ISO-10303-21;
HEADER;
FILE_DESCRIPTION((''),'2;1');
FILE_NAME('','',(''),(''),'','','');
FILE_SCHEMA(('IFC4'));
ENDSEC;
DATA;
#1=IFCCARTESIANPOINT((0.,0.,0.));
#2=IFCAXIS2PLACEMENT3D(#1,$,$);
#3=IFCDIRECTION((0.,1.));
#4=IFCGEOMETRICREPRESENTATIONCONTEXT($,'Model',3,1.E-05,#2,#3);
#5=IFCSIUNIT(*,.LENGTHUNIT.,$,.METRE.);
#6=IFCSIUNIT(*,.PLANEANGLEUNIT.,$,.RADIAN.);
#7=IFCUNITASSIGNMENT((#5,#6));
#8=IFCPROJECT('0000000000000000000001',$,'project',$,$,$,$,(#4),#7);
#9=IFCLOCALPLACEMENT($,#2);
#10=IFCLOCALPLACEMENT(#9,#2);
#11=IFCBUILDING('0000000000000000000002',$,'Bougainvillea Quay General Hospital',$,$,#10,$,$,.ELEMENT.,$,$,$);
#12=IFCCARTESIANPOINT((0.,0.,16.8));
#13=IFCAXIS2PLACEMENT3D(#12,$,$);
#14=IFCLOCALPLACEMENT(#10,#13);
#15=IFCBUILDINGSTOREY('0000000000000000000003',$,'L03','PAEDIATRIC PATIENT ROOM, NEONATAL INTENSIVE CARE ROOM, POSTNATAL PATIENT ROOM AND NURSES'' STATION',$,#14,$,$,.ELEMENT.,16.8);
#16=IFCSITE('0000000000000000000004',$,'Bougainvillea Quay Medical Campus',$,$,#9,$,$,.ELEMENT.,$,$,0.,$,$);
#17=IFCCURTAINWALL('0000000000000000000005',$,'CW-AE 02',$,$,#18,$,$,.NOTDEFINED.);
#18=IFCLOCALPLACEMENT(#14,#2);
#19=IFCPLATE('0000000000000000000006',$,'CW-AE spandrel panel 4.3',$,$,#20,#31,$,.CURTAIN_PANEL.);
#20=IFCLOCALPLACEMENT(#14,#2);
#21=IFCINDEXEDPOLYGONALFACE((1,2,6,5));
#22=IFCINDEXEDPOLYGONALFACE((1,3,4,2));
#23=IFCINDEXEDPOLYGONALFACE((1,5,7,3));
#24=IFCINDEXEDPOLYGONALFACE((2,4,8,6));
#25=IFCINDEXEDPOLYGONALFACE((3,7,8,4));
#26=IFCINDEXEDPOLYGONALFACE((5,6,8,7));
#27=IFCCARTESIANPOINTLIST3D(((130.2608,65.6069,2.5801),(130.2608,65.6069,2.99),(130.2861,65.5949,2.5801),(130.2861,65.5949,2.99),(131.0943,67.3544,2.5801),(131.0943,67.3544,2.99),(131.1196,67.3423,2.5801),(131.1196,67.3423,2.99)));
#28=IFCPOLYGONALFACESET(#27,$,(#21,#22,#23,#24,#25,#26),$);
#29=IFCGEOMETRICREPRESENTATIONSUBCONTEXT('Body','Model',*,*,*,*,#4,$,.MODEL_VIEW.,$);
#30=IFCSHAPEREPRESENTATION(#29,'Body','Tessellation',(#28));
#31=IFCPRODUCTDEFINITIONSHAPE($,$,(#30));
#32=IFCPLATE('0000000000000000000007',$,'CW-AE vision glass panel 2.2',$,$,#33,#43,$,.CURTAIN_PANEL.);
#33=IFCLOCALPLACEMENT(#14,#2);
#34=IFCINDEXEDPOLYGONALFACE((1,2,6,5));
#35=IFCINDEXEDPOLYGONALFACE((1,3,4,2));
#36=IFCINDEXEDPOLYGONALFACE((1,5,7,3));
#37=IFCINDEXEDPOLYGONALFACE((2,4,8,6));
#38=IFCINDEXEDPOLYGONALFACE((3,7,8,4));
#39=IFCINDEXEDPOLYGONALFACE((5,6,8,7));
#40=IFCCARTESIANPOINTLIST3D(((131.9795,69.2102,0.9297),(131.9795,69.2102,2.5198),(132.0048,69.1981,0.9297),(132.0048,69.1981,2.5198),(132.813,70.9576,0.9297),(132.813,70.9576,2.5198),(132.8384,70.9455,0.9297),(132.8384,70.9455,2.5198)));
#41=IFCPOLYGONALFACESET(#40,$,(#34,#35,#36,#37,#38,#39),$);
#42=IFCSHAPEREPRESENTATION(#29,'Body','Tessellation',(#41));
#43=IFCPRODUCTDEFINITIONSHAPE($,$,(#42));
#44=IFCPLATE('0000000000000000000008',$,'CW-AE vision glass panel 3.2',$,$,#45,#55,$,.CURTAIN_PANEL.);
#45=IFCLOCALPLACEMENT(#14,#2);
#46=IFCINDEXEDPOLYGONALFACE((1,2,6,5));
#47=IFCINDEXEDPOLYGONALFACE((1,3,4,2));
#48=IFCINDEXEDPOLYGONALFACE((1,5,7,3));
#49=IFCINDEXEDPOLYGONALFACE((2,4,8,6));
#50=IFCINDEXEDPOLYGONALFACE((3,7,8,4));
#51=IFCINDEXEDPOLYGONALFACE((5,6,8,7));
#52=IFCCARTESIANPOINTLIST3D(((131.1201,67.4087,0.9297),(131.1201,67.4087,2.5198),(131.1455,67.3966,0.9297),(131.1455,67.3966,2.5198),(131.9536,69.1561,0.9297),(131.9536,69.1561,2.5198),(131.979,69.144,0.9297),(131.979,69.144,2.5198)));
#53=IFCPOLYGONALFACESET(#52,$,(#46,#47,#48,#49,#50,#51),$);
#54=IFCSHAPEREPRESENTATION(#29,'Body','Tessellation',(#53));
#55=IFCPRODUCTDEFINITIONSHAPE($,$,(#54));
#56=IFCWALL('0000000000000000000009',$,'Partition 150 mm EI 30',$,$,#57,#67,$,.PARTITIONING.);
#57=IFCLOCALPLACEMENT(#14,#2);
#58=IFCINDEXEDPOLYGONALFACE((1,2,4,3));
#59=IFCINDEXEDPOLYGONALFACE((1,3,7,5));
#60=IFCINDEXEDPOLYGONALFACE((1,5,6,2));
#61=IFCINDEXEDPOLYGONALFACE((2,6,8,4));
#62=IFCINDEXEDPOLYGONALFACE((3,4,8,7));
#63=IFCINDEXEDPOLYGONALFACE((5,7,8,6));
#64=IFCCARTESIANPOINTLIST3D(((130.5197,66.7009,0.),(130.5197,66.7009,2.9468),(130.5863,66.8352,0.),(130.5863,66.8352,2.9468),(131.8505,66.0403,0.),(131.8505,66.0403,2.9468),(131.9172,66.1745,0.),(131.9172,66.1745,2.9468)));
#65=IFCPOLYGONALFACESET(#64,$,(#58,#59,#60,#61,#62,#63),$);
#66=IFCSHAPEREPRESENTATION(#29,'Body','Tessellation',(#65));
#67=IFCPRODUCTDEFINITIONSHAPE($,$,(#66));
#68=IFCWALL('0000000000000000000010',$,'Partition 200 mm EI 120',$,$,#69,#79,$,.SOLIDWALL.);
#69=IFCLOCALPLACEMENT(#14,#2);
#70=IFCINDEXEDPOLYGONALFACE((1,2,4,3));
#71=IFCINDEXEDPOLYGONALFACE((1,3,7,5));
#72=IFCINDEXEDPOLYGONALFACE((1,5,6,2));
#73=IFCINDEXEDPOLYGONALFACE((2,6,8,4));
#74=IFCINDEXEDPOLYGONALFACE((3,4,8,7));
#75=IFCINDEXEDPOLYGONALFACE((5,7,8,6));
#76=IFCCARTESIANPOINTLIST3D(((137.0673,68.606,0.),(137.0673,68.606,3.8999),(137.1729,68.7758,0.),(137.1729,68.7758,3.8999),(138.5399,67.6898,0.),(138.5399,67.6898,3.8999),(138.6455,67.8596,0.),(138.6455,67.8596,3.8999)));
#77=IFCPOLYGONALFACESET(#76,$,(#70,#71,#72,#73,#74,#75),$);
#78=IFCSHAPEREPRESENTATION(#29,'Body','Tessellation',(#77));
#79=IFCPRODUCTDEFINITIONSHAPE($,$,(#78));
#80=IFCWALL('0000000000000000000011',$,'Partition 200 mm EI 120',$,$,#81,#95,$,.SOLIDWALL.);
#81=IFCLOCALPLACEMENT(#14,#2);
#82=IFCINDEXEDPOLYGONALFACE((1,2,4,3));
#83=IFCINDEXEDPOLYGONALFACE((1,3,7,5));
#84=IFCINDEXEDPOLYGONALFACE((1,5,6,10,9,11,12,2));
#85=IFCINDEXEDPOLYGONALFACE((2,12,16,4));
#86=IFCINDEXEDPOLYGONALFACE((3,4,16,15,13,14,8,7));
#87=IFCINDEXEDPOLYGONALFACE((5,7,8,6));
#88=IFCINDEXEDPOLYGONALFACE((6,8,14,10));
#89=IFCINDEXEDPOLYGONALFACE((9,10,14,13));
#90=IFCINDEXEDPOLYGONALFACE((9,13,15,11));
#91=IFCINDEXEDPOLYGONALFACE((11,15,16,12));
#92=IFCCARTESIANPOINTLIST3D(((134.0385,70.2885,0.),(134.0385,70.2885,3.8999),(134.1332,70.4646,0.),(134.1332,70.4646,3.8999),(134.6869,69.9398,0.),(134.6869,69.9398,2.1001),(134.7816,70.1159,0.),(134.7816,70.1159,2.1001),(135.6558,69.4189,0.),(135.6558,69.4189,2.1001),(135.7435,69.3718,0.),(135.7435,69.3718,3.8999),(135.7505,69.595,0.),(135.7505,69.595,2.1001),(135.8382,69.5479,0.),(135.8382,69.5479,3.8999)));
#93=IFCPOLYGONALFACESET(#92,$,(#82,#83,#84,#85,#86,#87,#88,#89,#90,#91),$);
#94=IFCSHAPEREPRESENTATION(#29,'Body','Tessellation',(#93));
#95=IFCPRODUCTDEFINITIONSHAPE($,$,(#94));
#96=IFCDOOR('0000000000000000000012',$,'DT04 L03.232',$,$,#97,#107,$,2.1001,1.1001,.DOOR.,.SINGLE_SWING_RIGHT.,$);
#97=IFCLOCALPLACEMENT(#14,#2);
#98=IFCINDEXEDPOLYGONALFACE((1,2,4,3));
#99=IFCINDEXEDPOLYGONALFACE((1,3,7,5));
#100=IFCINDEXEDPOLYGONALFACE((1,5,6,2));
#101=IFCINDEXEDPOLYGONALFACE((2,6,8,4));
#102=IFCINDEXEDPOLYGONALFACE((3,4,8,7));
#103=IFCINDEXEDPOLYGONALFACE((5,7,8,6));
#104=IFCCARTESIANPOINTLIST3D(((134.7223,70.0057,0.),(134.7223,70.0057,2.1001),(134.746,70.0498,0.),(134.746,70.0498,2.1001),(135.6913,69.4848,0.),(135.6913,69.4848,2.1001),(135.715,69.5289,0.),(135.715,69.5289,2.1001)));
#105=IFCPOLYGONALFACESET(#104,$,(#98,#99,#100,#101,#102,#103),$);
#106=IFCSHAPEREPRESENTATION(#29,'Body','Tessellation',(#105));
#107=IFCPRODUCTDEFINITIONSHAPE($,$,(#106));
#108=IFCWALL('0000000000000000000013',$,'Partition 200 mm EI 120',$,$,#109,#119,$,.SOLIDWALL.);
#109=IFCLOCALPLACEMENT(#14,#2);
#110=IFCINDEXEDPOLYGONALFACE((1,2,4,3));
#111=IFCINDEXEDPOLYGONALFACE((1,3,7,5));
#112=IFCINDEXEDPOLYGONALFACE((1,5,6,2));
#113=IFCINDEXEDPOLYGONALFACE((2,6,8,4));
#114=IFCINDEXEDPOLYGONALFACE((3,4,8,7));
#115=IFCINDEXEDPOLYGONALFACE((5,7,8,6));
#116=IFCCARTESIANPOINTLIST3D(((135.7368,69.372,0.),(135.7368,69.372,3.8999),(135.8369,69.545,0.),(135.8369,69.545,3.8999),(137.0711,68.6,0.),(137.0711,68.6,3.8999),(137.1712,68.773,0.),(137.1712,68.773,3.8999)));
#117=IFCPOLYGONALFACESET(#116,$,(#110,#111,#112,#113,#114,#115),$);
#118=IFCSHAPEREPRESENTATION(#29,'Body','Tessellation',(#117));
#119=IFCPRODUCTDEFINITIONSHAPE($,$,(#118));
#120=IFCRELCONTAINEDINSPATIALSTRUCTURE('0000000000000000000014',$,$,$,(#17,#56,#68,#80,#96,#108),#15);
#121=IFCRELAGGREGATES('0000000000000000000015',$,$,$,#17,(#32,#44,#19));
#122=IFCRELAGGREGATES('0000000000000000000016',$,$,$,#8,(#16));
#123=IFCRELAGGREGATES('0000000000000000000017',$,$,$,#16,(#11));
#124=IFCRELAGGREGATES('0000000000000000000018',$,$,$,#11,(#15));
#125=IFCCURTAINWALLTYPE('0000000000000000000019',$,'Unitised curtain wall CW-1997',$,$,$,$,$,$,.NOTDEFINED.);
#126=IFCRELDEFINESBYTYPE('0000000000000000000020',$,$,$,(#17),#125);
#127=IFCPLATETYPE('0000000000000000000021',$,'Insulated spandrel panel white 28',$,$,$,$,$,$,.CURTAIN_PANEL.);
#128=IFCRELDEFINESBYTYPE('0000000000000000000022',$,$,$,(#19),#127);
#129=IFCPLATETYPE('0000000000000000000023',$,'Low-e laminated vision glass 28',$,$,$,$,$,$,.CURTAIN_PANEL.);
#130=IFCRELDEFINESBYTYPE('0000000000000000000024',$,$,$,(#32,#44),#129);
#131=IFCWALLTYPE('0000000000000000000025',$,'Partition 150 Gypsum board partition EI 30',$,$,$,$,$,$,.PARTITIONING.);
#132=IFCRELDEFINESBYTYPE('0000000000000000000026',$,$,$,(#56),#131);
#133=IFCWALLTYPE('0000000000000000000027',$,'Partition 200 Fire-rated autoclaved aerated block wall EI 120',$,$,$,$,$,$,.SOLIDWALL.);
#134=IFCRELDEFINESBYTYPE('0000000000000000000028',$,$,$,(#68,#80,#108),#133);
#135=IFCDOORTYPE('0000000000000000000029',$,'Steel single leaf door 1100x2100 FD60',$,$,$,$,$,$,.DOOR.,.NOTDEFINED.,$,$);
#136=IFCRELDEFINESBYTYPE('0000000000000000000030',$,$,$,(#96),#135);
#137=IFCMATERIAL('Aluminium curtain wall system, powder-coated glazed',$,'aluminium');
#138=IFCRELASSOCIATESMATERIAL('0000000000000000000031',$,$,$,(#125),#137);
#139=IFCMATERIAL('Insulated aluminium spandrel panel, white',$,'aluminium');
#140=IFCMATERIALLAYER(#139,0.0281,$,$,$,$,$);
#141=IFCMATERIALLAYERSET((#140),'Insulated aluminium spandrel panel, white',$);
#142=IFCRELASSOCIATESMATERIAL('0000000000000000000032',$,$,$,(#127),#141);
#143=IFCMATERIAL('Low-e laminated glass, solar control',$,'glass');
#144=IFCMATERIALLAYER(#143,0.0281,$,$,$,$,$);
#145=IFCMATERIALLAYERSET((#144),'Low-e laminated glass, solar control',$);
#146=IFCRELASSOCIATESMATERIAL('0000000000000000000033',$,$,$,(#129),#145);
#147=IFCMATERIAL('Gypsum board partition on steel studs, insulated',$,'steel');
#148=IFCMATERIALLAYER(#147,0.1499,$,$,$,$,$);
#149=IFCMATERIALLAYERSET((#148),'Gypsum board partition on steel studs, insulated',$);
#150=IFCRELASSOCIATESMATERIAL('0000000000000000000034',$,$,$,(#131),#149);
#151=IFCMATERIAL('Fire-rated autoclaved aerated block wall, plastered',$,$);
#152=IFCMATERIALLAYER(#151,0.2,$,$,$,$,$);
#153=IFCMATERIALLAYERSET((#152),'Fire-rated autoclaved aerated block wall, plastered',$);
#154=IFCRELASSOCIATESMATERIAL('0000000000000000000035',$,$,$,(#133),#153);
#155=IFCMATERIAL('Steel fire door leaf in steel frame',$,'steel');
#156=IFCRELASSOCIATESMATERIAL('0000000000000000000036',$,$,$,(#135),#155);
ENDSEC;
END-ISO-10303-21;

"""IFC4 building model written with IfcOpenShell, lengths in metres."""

from ifc_helpers import new_model, si_unit, direction, frame, frame_2d, origin, origin_2d, place, context, subcontext, project, spatial, rectangle, extrude, material, layer, layer_set, type_object, element, fill, aggregate, save


model = new_model("IFC4")

# Units and contexts
model_context = context("Model", 3, precision=1e-05, world=origin(), true_north=direction((0.0, 1.0)))
body_context = subcontext(model_context, "Body", "Model", "MODEL_VIEW")
ifc_project = project(units=[si_unit("LENGTHUNIT", "METRE"), si_unit("PLANEANGLEUNIT", "RADIAN")], contexts=[model_context])

# Site, building, storey
site_placement = place(None, origin())
site = spatial("IfcSite", under=ifc_project, at=site_placement, Name="Bougainvillea Quay Medical Campus", CompositionType="ELEMENT", RefElevation=0.0)
building_placement = place(site_placement, origin())
building = spatial("IfcBuilding", under=site, at=building_placement, Name="Bougainvillea Quay General Hospital", CompositionType="ELEMENT")
storey_placement = place(building_placement, frame((0.0, 0.0, 16.8)))
storey = spatial("IfcBuildingStorey", under=building, at=storey_placement, Name="L03", Description="PAEDIATRIC PATIENT ROOM, NEONATAL INTENSIVE CARE ROOM, POSTNATAL PATIENT ROOM AND NURSES' STATION", CompositionType="ELEMENT", Elevation=16.8)

# Curtain wall, plates
ifc_material_1 = material(Name="Aluminium curtain wall system, powder-coated glazed", Category="aluminium")
curtain_wall_type = type_object("IfcCurtainWallType", Name="Unitised curtain wall CW-1997", PredefinedType="NOTDEFINED", material=ifc_material_1)
curtain_wall_placement = place(storey_placement, origin())
curtain_wall = element("IfcCurtainWall", 1, at=curtain_wall_placement, inside=storey, type_object=curtain_wall_type, Name="CW-AE 02", PredefinedType="NOTDEFINED")
ifc_material_2 = material(Name="Insulated aluminium spandrel panel, white", Category="aluminium")
ifc_layer_1 = layer(ifc_material_2, 0.0281)
ifc_layer_set_1 = layer_set([ifc_layer_1], Name="Insulated aluminium spandrel panel, white")
plate_type_1 = type_object("IfcPlateType", Name="Insulated spandrel panel white 28", PredefinedType="CURTAIN_PANEL", material=ifc_layer_set_1)
plate_1_placement = place(storey_placement, frame((130.6902, 66.4746, 2.5801), z_axis=(0.0, 0.0, 1.0), x_axis=(-0.430525, -0.902578, 0.0)))
plate_1 = element("IfcPlate", 2, at=plate_1_placement, type_object=plate_type_1, Name="CW-AE spandrel panel 4.3", PredefinedType="CURTAIN_PANEL", context=body_context, shape_type="SweptSolid", body=[
    extrude(rectangle(XDim=1.936, YDim=0.0281, at=origin_2d()), origin(), (0.0, 0.0, 1.0), 0.4099),
])
ifc_material_3 = material(Name="Low-e laminated glass, solar control", Category="glass")
ifc_layer_2 = layer(ifc_material_3, 0.0281)
ifc_layer_set_2 = layer_set([ifc_layer_2], Name="Low-e laminated glass, solar control")
plate_type_2 = type_object("IfcPlateType", Name="Low-e laminated vision glass 28", PredefinedType="CURTAIN_PANEL", material=ifc_layer_set_2)
plate_2_placement = place(storey_placement, frame((132.4089, 70.0779, 0.9297), z_axis=(0.0, 0.0, 1.0), x_axis=(-0.430525, -0.902578, 0.0)))
plate_2 = element("IfcPlate", 3, at=plate_2_placement, type_object=plate_type_2, Name="CW-AE vision glass panel 2.2", PredefinedType="CURTAIN_PANEL", context=body_context, shape_type="SweptSolid", body=[
    extrude(rectangle(XDim=1.936, YDim=0.0281, at=origin_2d()), origin(), (0.0, 0.0, 1.0), 1.5901),
])
plate_3_placement = place(storey_placement, frame((131.5496, 68.2764, 0.9297), z_axis=(0.0, 0.0, 1.0), x_axis=(-0.430525, -0.902578, 0.0)))
plate_3 = element("IfcPlate", 4, at=plate_3_placement, type_object=plate_type_2, Name="CW-AE vision glass panel 3.2", PredefinedType="CURTAIN_PANEL", context=body_context, shape_type="SweptSolid", body=[
    extrude(rectangle(XDim=1.936, YDim=0.0281, at=origin_2d()), origin(), (0.0, 0.0, 1.0), 1.5901),
])
aggregate(curtain_wall, [plate_2, plate_3, plate_1])

# Walls
ifc_material_4 = material(Name="Gypsum board partition on steel studs, insulated", Category="steel")
ifc_layer_3 = layer(ifc_material_4, 0.1499)
ifc_layer_set_3 = layer_set([ifc_layer_3], Name="Gypsum board partition on steel studs, insulated")
wall_type_1 = type_object("IfcWallType", Name="Partition 150 Gypsum board partition EI 30", PredefinedType="PARTITIONING", material=ifc_layer_set_3)
wall_1_placement = place(storey_placement, frame((130.553, 66.7681, 0.0), z_axis=(0.0, 0.0, 1.0), x_axis=(0.895705, -0.444648, 0.0)))
element("IfcWall", 5, at=wall_1_placement, inside=storey, type_object=wall_type_1, Name="Partition 150 mm EI 30", PredefinedType="PARTITIONING", context=body_context, shape_type="SweptSolid", body=[
    extrude(rectangle(XDim=1.4858, YDim=0.1499, at=frame_2d((0.7429, 0.0))), origin(), (0.0, 0.0, 1.0), 2.9468),
])
ifc_material_5 = material(Name="Fire-rated autoclaved aerated block wall, plastered")
ifc_layer_4 = layer(ifc_material_5, 0.2)
ifc_layer_set_4 = layer_set([ifc_layer_4], Name="Fire-rated autoclaved aerated block wall, plastered")
wall_type_2 = type_object("IfcWallType", Name="Partition 200 Fire-rated autoclaved aerated block wall EI 120", PredefinedType="SOLIDWALL", material=ifc_layer_set_4)
wall_2_placement = place(storey_placement, frame((137.1201, 68.6909, 0.0), z_axis=(0.0, 0.0, 1.0), x_axis=(0.849072, -0.528277, 0.0)))
element("IfcWall", 6, at=wall_2_placement, inside=storey, type_object=wall_type_2, Name="Partition 200 mm EI 120", PredefinedType="SOLIDWALL", context=body_context, shape_type="SweptSolid", body=[
    extrude(rectangle(XDim=1.7344, YDim=0.2, at=frame_2d((0.8672, 0.0))), origin(), (0.0, 0.0, 1.0), 3.8999),
])

# Wall, opening, door
wall_3_placement = place(storey_placement, frame((134.0859, 70.3765, 0.0), z_axis=(0.0, 0.0, 1.0), x_axis=(0.880767, -0.473551, 0.0)))
wall_3 = element("IfcWall", 7, at=wall_3_placement, inside=storey, type_object=wall_type_2, Name="Partition 200 mm EI 120", PredefinedType="SOLIDWALL", context=body_context, shape_type="SweptSolid", body=[
    extrude(rectangle(XDim=1.9358, YDim=0.2, at=frame_2d((0.9678, 0.0))), origin(), (0.0, 0.0, 1.0), 3.8999),
])
opening_placement = place(wall_3_placement, frame((0.7361, 0.0, 0.0)))
opening = element("IfcOpeningElement", 8, at=opening_placement, cuts=wall_3, PredefinedType="OPENING", context=body_context, shape_type="SweptSolid", body=[
    extrude(rectangle(XDim=1.1001, YDim=2.1001, at=frame_2d((0.55, 1.05))), frame((0.0, 0.1099, 0.0), z_axis=(0.0, -1.0, 0.0), x_axis=(1.0, 0.0, 0.0)), (0.0, 0.0, 1.0), 0.22),
])
ifc_material_6 = material(Name="Steel fire door leaf in steel frame", Category="steel")
door_type = type_object("IfcDoorType", Name="Steel single leaf door 1100x2100 FD60", OperationType="NOTDEFINED", PredefinedType="DOOR", material=ifc_material_6)
door_placement = place(opening_placement, origin())
door = element("IfcDoor", 9, at=door_placement, inside=storey, type_object=door_type, Name="DT04 L03.232", OperationType="SINGLE_SWING_RIGHT", OverallHeight=2.1001, OverallWidth=1.1001, PredefinedType="DOOR", context=body_context, shape_type="SweptSolid", body=[
    extrude(rectangle(XDim=1.1001, YDim=2.1001, at=frame_2d((0.55, 1.05))), frame((0.0, 0.0249, 0.0), z_axis=(0.0, -1.0, 0.0), x_axis=(1.0, 0.0, 0.0)), (0.0, 0.0, 1.0), 0.05),
])
fill(opening, door)

# Wall
wall_4_placement = place(storey_placement, frame((135.7869, 69.4585, 0.0), z_axis=(0.0, 0.0, 1.0), x_axis=(0.86556, -0.500805, 0.0)))
element("IfcWall", 10, at=wall_4_placement, inside=storey, type_object=wall_type_2, Name="Partition 200 mm EI 120", PredefinedType="SOLIDWALL", context=body_context, shape_type="SweptSolid", body=[
    extrude(rectangle(XDim=1.5415, YDim=0.2, at=frame_2d((0.7708, 0.0))), origin(), (0.0, 0.0, 1.0), 3.8999),
])

save(model, "model.ifc")
